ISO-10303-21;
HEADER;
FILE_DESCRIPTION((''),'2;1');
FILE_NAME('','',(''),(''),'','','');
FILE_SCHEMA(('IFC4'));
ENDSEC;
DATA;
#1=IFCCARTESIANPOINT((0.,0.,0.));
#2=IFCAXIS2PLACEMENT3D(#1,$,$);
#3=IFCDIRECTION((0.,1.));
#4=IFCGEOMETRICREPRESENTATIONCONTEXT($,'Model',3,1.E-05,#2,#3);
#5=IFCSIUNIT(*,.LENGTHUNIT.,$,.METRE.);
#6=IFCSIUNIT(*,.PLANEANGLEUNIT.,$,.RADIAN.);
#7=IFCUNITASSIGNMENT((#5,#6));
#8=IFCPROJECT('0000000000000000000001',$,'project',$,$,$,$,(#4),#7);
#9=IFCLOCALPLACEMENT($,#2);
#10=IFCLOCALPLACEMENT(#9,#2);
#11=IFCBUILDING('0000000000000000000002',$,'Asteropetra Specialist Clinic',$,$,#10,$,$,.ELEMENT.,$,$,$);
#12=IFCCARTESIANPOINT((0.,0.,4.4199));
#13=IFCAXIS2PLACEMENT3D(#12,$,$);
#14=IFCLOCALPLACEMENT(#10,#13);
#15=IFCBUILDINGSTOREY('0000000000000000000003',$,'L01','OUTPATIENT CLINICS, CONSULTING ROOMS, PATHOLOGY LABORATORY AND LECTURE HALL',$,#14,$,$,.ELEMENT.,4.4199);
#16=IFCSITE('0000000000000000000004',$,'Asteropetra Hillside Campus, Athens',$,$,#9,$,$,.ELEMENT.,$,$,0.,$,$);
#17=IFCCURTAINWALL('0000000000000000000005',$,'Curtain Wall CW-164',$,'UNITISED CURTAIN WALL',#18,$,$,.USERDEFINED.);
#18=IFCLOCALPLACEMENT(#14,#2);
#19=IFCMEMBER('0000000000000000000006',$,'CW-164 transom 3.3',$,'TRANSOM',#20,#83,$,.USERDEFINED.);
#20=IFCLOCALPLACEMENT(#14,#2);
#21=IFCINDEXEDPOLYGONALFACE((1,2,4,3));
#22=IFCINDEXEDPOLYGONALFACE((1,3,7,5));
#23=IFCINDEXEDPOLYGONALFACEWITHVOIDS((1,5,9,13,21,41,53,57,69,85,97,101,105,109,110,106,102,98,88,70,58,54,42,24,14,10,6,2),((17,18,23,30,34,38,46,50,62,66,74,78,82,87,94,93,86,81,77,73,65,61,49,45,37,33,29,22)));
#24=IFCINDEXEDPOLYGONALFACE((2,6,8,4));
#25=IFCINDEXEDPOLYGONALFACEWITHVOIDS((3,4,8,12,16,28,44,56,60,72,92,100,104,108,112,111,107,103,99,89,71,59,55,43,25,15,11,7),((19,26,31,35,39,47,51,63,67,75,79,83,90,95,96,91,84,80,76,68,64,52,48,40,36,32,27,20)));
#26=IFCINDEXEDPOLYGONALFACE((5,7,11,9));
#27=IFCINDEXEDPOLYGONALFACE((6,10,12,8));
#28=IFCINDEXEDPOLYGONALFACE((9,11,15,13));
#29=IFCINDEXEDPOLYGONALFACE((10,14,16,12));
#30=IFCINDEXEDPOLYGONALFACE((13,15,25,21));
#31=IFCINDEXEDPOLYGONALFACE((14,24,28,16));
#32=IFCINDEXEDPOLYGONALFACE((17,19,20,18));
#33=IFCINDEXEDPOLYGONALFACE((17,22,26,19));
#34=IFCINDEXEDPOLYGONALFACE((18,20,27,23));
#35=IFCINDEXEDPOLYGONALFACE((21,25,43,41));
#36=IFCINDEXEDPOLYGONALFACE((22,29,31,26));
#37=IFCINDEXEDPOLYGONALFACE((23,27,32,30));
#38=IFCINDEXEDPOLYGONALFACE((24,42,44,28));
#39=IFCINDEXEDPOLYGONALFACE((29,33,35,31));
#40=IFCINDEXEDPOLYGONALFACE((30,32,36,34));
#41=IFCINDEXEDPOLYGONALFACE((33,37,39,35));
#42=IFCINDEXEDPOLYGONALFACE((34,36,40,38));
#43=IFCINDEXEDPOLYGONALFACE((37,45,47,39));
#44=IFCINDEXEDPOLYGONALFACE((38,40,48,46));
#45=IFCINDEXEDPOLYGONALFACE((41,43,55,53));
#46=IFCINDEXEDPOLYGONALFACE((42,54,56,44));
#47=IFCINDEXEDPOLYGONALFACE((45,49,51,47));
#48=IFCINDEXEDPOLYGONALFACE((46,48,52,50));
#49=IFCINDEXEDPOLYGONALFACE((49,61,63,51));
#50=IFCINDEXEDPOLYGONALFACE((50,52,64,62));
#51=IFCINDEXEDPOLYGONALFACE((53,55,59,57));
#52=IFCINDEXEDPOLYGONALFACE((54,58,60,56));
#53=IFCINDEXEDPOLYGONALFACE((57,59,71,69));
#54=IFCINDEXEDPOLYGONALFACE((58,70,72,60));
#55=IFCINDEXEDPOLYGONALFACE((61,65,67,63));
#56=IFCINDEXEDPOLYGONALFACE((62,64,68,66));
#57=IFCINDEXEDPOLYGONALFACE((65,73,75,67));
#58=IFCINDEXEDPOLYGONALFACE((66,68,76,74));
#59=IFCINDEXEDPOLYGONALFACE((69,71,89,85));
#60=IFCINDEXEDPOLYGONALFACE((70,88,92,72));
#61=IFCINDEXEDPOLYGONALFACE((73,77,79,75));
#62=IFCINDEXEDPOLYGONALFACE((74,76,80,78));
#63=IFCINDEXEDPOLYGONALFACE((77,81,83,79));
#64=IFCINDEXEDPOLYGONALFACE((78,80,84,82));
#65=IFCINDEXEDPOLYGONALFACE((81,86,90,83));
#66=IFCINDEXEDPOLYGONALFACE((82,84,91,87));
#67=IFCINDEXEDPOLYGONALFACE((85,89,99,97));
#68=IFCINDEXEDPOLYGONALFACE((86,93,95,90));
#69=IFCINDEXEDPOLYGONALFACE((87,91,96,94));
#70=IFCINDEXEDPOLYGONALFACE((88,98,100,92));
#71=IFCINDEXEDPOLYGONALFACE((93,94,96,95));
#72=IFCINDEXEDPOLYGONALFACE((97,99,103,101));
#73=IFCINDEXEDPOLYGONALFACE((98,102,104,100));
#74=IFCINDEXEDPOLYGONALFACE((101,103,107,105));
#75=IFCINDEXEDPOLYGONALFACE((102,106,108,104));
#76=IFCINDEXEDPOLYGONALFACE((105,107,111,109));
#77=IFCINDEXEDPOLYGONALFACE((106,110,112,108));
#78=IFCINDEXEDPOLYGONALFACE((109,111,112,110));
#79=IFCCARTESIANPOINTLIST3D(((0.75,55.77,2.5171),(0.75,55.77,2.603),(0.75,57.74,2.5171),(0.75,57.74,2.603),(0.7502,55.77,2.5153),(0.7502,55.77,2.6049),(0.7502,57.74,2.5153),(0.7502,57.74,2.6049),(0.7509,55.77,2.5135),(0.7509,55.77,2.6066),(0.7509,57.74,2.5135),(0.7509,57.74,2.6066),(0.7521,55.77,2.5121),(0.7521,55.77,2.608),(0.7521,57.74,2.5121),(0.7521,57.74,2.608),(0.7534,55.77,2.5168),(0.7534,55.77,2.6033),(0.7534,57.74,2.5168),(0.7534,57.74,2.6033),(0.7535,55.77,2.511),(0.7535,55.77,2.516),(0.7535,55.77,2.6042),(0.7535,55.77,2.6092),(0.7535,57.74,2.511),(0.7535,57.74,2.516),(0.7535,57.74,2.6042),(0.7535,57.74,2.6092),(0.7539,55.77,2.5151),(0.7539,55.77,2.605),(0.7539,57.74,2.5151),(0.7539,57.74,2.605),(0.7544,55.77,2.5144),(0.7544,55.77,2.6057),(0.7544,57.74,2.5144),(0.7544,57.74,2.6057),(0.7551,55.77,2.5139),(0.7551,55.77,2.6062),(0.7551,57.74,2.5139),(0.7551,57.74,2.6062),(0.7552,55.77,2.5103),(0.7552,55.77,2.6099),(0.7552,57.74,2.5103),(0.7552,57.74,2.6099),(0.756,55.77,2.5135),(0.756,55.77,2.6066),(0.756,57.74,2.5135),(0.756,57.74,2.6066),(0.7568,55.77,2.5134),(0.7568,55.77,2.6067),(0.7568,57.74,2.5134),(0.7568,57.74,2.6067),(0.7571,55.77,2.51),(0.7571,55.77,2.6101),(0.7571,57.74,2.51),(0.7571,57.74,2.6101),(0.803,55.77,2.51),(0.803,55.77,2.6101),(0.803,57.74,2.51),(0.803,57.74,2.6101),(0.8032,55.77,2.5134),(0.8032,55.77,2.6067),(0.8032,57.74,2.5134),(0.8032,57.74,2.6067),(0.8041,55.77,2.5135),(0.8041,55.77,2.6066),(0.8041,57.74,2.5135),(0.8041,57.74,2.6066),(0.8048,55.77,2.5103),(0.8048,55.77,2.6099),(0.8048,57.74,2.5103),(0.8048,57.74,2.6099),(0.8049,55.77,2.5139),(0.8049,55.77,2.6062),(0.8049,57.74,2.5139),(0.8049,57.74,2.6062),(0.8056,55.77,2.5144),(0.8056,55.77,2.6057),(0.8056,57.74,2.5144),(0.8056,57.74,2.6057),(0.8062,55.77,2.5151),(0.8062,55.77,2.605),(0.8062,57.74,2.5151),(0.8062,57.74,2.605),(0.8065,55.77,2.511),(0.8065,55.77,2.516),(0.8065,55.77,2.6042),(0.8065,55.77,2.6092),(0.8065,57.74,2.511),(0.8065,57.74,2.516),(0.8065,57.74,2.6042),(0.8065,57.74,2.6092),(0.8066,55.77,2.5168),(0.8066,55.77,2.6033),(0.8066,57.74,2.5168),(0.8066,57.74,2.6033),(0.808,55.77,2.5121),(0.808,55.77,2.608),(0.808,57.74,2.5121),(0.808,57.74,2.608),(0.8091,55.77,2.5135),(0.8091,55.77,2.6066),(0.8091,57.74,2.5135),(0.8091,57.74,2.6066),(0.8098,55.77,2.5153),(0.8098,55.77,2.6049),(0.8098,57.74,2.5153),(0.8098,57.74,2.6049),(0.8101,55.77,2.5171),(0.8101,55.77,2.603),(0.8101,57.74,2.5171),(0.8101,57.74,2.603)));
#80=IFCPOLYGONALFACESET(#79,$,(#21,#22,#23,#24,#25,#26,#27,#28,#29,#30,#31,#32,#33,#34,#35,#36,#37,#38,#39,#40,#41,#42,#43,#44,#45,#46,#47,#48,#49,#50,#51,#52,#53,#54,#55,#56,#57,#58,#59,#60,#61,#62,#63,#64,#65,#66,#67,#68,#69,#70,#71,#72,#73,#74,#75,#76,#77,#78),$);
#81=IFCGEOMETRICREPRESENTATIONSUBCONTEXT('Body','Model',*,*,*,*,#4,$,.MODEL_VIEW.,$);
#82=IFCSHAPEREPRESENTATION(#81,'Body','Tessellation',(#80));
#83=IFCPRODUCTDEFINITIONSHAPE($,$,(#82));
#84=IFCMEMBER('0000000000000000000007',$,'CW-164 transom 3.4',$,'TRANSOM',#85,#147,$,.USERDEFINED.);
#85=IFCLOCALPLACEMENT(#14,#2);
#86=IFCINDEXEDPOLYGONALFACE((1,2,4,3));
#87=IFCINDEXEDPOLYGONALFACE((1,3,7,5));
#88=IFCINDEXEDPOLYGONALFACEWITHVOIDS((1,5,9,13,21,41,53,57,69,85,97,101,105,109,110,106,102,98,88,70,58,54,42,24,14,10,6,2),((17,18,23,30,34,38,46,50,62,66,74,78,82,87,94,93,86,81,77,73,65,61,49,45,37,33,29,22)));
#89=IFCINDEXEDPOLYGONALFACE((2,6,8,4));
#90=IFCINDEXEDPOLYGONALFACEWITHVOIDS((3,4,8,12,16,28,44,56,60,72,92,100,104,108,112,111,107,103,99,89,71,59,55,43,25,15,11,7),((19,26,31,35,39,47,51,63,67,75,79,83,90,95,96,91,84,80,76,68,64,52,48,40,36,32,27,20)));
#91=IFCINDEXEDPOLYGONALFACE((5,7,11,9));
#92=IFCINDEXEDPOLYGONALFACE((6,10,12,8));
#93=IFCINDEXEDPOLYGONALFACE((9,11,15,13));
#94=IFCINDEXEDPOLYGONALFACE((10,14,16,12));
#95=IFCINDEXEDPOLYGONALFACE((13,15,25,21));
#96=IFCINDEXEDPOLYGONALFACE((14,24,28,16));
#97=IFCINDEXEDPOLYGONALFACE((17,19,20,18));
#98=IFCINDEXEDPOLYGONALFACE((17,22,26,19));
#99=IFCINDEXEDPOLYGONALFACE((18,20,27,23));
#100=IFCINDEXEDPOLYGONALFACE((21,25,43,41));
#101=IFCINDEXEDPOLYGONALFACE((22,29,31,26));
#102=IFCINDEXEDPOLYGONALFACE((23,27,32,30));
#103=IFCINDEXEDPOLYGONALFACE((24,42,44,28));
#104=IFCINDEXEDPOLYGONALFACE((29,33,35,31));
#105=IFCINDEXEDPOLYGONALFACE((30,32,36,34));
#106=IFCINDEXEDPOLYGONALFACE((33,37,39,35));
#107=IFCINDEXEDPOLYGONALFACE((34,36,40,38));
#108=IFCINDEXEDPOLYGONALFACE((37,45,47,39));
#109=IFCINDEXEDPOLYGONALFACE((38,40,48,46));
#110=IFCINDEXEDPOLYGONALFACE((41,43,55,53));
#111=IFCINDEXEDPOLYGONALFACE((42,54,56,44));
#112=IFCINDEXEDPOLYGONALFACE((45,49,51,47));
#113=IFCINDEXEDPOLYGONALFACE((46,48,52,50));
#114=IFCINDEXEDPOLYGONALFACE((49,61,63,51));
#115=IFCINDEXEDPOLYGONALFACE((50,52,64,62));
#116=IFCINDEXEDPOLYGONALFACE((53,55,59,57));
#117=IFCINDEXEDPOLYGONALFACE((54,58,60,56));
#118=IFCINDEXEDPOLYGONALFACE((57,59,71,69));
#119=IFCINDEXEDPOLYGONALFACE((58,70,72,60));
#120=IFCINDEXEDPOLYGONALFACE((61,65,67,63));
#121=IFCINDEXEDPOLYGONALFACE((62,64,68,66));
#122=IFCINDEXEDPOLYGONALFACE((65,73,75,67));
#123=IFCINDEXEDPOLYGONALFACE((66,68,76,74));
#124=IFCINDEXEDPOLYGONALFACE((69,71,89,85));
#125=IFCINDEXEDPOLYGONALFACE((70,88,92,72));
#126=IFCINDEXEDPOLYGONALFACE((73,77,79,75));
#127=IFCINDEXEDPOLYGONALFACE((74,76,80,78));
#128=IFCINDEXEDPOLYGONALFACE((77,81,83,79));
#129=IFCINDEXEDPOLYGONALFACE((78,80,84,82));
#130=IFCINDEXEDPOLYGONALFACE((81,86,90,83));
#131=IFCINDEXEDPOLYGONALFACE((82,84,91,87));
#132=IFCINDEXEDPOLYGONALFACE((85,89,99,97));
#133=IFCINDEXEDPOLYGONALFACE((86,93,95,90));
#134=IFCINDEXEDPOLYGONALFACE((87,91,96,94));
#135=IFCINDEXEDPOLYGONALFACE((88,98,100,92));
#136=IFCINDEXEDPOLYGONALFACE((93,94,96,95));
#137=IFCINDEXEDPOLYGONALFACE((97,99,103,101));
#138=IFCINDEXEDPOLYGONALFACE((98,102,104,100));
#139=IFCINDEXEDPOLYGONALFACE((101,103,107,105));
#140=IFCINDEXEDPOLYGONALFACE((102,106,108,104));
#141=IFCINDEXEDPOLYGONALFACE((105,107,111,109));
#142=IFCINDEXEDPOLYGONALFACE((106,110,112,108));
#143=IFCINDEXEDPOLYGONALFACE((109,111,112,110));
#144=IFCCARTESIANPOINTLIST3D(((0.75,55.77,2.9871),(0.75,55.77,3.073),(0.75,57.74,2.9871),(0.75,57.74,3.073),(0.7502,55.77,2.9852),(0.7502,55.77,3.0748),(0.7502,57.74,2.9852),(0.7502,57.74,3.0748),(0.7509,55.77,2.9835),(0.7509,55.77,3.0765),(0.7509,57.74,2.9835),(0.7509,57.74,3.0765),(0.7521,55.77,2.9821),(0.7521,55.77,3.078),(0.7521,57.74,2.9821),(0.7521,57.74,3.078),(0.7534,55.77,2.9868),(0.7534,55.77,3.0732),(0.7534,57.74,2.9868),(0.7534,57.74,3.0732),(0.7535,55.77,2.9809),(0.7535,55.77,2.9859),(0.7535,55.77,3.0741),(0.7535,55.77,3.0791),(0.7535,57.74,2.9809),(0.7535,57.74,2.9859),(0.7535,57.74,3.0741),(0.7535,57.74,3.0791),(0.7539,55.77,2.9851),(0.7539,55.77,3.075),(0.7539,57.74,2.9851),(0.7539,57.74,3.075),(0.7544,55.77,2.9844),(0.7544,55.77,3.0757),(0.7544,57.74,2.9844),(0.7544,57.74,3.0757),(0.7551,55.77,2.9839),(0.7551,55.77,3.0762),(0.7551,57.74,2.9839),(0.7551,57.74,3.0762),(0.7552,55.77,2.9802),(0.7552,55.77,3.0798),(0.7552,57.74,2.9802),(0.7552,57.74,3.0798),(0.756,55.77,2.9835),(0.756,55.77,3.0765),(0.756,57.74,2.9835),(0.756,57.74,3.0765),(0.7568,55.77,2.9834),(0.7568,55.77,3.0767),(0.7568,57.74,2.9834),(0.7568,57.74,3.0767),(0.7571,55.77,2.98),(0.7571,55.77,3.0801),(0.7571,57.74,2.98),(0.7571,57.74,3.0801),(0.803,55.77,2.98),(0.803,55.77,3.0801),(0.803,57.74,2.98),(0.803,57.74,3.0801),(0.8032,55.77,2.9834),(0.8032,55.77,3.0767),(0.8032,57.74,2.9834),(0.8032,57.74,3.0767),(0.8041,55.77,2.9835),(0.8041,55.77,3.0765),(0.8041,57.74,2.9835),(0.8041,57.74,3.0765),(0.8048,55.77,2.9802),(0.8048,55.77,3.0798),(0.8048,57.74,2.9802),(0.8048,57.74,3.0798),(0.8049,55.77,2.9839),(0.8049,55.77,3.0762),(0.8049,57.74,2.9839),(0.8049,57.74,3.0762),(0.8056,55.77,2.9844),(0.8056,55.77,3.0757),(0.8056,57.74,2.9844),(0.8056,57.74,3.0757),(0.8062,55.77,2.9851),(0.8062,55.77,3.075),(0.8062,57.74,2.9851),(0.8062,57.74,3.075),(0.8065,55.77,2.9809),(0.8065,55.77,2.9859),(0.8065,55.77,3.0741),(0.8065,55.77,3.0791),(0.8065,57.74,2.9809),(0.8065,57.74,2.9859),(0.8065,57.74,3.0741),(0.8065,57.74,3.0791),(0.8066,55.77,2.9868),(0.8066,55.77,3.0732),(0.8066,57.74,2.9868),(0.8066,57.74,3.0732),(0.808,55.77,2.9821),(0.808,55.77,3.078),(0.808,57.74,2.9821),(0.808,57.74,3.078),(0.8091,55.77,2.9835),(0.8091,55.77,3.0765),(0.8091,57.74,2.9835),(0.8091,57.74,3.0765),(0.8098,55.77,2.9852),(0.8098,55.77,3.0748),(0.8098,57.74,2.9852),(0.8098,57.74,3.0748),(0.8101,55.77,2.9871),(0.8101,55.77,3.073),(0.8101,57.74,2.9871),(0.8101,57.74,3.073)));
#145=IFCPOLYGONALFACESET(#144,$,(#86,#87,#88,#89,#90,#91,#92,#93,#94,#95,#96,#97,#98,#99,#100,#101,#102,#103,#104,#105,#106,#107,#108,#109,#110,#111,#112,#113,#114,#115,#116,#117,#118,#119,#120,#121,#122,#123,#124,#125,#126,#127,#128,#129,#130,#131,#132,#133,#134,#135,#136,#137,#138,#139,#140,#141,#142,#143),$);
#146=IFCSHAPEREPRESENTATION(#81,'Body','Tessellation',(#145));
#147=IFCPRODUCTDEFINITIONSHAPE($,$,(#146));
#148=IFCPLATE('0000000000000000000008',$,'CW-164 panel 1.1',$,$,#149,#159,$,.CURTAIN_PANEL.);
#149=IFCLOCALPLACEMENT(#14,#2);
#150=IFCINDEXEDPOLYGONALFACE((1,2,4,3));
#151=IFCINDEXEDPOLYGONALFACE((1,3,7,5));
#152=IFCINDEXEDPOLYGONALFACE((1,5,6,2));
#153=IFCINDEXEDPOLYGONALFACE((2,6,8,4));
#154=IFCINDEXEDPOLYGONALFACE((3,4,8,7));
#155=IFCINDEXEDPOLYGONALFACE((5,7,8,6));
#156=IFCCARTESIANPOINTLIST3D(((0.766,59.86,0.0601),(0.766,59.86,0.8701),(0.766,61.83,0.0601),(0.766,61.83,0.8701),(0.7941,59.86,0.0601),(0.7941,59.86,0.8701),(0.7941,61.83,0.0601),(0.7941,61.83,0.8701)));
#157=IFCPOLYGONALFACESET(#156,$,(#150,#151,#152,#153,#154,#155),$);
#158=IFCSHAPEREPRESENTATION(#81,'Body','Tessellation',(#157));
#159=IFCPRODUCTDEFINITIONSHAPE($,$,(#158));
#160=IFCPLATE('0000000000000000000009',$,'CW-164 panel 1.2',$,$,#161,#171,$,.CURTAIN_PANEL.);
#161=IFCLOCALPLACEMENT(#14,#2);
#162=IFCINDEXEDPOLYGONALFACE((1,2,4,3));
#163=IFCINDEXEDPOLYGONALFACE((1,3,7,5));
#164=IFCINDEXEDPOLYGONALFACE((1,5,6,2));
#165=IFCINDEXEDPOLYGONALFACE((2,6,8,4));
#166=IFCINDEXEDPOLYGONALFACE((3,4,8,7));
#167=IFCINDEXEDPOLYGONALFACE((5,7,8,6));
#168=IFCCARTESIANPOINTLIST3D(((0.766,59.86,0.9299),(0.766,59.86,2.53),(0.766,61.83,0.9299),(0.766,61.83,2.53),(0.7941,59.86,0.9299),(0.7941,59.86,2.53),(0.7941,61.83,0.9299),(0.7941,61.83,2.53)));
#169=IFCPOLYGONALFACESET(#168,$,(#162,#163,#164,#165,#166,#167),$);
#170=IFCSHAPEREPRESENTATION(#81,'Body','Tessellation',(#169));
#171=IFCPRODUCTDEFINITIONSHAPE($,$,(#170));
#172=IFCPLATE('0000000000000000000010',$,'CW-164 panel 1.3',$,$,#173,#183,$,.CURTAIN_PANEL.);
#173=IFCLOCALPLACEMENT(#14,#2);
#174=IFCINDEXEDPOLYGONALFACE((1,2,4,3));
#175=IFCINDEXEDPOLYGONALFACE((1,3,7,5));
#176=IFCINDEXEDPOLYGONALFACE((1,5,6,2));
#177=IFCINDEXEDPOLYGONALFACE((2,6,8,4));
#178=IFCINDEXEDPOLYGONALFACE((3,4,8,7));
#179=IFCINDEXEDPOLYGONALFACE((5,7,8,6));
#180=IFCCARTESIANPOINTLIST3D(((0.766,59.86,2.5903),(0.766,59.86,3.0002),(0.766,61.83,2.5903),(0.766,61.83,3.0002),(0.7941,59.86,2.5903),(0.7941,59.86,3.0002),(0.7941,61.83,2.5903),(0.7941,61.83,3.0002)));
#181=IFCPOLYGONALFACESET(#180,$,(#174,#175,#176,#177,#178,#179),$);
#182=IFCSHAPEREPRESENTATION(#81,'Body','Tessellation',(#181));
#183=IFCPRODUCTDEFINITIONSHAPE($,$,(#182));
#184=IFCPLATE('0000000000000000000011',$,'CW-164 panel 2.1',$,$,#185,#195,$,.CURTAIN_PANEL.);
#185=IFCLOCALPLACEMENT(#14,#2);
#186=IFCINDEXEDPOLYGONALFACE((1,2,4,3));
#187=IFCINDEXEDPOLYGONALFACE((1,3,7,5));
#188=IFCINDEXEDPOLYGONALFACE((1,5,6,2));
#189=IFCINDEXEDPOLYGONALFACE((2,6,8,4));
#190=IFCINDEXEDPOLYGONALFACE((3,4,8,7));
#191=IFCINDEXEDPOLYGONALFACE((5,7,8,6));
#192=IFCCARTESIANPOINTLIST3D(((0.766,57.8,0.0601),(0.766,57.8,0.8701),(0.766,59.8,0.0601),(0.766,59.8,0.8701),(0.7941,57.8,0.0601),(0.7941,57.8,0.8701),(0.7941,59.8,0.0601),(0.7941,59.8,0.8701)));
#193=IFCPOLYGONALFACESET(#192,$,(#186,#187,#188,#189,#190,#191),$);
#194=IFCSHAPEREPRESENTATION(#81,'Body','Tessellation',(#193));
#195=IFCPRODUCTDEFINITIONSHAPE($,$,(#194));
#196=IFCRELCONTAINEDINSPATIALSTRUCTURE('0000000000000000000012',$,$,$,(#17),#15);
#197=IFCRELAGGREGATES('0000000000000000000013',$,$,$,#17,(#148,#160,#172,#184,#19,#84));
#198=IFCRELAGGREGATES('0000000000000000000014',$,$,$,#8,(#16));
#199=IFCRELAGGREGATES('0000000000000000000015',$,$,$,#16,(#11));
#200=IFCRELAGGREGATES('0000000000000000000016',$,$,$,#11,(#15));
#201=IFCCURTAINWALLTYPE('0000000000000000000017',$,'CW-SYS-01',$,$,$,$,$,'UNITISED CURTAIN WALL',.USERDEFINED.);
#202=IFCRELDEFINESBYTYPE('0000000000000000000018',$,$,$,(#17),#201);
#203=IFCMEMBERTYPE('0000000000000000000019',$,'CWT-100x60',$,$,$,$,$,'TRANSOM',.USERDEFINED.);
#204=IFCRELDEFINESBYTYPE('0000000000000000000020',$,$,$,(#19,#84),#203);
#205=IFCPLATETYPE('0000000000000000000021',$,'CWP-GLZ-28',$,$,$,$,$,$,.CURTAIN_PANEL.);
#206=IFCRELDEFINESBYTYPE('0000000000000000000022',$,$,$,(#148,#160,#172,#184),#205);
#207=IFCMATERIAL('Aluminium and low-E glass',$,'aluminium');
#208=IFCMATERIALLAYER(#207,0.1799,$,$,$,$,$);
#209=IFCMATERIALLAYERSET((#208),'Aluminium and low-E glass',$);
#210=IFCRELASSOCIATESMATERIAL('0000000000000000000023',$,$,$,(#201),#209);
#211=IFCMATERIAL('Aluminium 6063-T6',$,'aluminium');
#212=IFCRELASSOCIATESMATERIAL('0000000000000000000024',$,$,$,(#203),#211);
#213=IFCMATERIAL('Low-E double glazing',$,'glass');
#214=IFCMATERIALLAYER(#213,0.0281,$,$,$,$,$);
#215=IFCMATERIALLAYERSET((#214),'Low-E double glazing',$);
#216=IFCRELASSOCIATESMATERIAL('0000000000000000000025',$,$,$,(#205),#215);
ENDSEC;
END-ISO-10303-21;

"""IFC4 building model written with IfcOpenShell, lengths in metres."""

from ifc_helpers import new_model, si_unit, direction, frame, origin, origin_2d, place, context, subcontext, project, spatial, rectangle, hollow_rectangle, extrude, material, layer, layer_set, material_profile, profile_set, type_object, element, aggregate, save


model = new_model("IFC4")

# Units and contexts
model_context = context("Model", 3, precision=1e-05, world=origin(), true_north=direction((0.0, 1.0)))
body_context = subcontext(model_context, "Body", "Model", "MODEL_VIEW")
ifc_project = project(units=[si_unit("LENGTHUNIT", "METRE"), si_unit("PLANEANGLEUNIT", "RADIAN")], contexts=[model_context])

# Site, building, storey
site_placement = place(None, origin())
site = spatial("IfcSite", under=ifc_project, at=site_placement, Name="Asteropetra Hillside Campus, Athens", CompositionType="ELEMENT", RefElevation=0.0)
building_placement = place(site_placement, origin())
building = spatial("IfcBuilding", under=site, at=building_placement, Name="Asteropetra Specialist Clinic", CompositionType="ELEMENT")
storey_placement = place(building_placement, frame((0.0, 0.0, 4.4199)))
storey = spatial("IfcBuildingStorey", under=building, at=storey_placement, Name="L01", Description="OUTPATIENT CLINICS, CONSULTING ROOMS, PATHOLOGY LABORATORY AND LECTURE HALL", CompositionType="ELEMENT", Elevation=4.4199)

# Curtain wall
ifc_material_1 = material(Name="Aluminium and low-E glass", Category="aluminium")
ifc_layer_1 = layer(ifc_material_1, 0.1799)
ifc_layer_set_1 = layer_set([ifc_layer_1], Name="Aluminium and low-E glass")
curtain_wall_type_1 = type_object("IfcCurtainWallType", Name="CW-SYS-01", ElementType="UNITISED CURTAIN WALL", PredefinedType="USERDEFINED", material=ifc_layer_set_1)
curtain_wall_1_placement = place(storey_placement, origin())
curtain_wall_1 = element("IfcCurtainWall", 1, at=curtain_wall_1_placement, inside=storey, type_object=curtain_wall_type_1, Name="Curtain Wall CW-164", ObjectType="UNITISED CURTAIN WALL", PredefinedType="USERDEFINED")

# Members
ifc_material_2 = material(Name="Aluminium 6063-T6", Category="aluminium")
ifc_material_profile_1 = material_profile(ifc_material_2, hollow_rectangle(XDim=0.0601, YDim=0.1001, WallThickness=0.0034, InnerFilletRadius=0.0034, OuterFilletRadius=0.0071, at=origin_2d()), Name="TRN 100x60x3.5")
ifc_profile_set_1 = profile_set([ifc_material_profile_1], Name="Aluminium 6063-T6")
member_type_1 = type_object("IfcMemberType", Name="CWT-100x60", ElementType="TRANSOM", PredefinedType="USERDEFINED", material=ifc_profile_set_1)
member_1_placement = place(storey_placement, frame((0.78, 57.74, 2.5601), z_axis=(0.0, -1.0, 0.0), x_axis=(1.0, 0.0, 0.0)))
member_1 = element("IfcMember", 2, at=member_1_placement, type_object=member_type_1, Name="CW-164 transom 3.3", ObjectType="TRANSOM", PredefinedType="USERDEFINED", context=body_context, shape_type="SweptSolid", body=[
    extrude(hollow_rectangle(XDim=0.0601, YDim=0.1001, WallThickness=0.0034, InnerFilletRadius=0.0034, OuterFilletRadius=0.0071, at=origin_2d()), origin(), (0.0, 0.0, 1.0), 1.97),
])
member_2_placement = place(storey_placement, frame((0.78, 57.74, 3.03), z_axis=(0.0, -1.0, 0.0), x_axis=(1.0, 0.0, 0.0)))
member_2 = element("IfcMember", 3, at=member_2_placement, type_object=member_type_1, Name="CW-164 transom 3.4", ObjectType="TRANSOM", PredefinedType="USERDEFINED", context=body_context, shape_type="SweptSolid", body=[
    extrude(hollow_rectangle(XDim=0.0601, YDim=0.1001, WallThickness=0.0034, InnerFilletRadius=0.0034, OuterFilletRadius=0.0071, at=origin_2d()), origin(), (0.0, 0.0, 1.0), 1.97),
])

# Plates
ifc_material_3 = material(Name="Low-E double glazing", Category="glass")
ifc_layer_2 = layer(ifc_material_3, 0.0281)
ifc_layer_set_2 = layer_set([ifc_layer_2], Name="Low-E double glazing")
plate_type_1 = type_object("IfcPlateType", Name="CWP-GLZ-28", PredefinedType="CURTAIN_PANEL", material=ifc_layer_set_2)
plate_1_placement = place(storey_placement, frame((0.78, 60.845, 0.0601), z_axis=(0.0, 0.0, 1.0), x_axis=(0.0, -1.0, 0.0)))
plate_1 = element("IfcPlate", 4, at=plate_1_placement, type_object=plate_type_1, Name="CW-164 panel 1.1", PredefinedType="CURTAIN_PANEL", context=body_context, shape_type="SweptSolid", body=[
    extrude(rectangle(XDim=1.97, YDim=0.0281, at=origin_2d()), origin(), (0.0, 0.0, 1.0), 0.8101),
])
plate_2_placement = place(storey_placement, frame((0.78, 60.845, 0.9299), z_axis=(0.0, 0.0, 1.0), x_axis=(0.0, -1.0, 0.0)))
plate_2 = element("IfcPlate", 5, at=plate_2_placement, type_object=plate_type_1, Name="CW-164 panel 1.2", PredefinedType="CURTAIN_PANEL", context=body_context, shape_type="SweptSolid", body=[
    extrude(rectangle(XDim=1.97, YDim=0.0281, at=origin_2d()), origin(), (0.0, 0.0, 1.0), 1.6001),
])
plate_3_placement = place(storey_placement, frame((0.78, 60.845, 2.5903), z_axis=(0.0, 0.0, 1.0), x_axis=(0.0, -1.0, 0.0)))
plate_3 = element("IfcPlate", 6, at=plate_3_placement, type_object=plate_type_1, Name="CW-164 panel 1.3", PredefinedType="CURTAIN_PANEL", context=body_context, shape_type="SweptSolid", body=[
    extrude(rectangle(XDim=1.97, YDim=0.0281, at=origin_2d()), origin(), (0.0, 0.0, 1.0), 0.4099),
])
plate_4_placement = place(storey_placement, frame((0.78, 58.8, 0.0601), z_axis=(0.0, 0.0, 1.0), x_axis=(0.0, -1.0, 0.0)))
plate_4 = element("IfcPlate", 7, at=plate_4_placement, type_object=plate_type_1, Name="CW-164 panel 2.1", PredefinedType="CURTAIN_PANEL", context=body_context, shape_type="SweptSolid", body=[
    extrude(rectangle(XDim=2.0, YDim=0.0281, at=origin_2d()), origin(), (0.0, 0.0, 1.0), 0.8101),
])
aggregate(curtain_wall_1, [plate_1, plate_2, plate_3, plate_4, member_1, member_2])

save(model, "model.ifc")
